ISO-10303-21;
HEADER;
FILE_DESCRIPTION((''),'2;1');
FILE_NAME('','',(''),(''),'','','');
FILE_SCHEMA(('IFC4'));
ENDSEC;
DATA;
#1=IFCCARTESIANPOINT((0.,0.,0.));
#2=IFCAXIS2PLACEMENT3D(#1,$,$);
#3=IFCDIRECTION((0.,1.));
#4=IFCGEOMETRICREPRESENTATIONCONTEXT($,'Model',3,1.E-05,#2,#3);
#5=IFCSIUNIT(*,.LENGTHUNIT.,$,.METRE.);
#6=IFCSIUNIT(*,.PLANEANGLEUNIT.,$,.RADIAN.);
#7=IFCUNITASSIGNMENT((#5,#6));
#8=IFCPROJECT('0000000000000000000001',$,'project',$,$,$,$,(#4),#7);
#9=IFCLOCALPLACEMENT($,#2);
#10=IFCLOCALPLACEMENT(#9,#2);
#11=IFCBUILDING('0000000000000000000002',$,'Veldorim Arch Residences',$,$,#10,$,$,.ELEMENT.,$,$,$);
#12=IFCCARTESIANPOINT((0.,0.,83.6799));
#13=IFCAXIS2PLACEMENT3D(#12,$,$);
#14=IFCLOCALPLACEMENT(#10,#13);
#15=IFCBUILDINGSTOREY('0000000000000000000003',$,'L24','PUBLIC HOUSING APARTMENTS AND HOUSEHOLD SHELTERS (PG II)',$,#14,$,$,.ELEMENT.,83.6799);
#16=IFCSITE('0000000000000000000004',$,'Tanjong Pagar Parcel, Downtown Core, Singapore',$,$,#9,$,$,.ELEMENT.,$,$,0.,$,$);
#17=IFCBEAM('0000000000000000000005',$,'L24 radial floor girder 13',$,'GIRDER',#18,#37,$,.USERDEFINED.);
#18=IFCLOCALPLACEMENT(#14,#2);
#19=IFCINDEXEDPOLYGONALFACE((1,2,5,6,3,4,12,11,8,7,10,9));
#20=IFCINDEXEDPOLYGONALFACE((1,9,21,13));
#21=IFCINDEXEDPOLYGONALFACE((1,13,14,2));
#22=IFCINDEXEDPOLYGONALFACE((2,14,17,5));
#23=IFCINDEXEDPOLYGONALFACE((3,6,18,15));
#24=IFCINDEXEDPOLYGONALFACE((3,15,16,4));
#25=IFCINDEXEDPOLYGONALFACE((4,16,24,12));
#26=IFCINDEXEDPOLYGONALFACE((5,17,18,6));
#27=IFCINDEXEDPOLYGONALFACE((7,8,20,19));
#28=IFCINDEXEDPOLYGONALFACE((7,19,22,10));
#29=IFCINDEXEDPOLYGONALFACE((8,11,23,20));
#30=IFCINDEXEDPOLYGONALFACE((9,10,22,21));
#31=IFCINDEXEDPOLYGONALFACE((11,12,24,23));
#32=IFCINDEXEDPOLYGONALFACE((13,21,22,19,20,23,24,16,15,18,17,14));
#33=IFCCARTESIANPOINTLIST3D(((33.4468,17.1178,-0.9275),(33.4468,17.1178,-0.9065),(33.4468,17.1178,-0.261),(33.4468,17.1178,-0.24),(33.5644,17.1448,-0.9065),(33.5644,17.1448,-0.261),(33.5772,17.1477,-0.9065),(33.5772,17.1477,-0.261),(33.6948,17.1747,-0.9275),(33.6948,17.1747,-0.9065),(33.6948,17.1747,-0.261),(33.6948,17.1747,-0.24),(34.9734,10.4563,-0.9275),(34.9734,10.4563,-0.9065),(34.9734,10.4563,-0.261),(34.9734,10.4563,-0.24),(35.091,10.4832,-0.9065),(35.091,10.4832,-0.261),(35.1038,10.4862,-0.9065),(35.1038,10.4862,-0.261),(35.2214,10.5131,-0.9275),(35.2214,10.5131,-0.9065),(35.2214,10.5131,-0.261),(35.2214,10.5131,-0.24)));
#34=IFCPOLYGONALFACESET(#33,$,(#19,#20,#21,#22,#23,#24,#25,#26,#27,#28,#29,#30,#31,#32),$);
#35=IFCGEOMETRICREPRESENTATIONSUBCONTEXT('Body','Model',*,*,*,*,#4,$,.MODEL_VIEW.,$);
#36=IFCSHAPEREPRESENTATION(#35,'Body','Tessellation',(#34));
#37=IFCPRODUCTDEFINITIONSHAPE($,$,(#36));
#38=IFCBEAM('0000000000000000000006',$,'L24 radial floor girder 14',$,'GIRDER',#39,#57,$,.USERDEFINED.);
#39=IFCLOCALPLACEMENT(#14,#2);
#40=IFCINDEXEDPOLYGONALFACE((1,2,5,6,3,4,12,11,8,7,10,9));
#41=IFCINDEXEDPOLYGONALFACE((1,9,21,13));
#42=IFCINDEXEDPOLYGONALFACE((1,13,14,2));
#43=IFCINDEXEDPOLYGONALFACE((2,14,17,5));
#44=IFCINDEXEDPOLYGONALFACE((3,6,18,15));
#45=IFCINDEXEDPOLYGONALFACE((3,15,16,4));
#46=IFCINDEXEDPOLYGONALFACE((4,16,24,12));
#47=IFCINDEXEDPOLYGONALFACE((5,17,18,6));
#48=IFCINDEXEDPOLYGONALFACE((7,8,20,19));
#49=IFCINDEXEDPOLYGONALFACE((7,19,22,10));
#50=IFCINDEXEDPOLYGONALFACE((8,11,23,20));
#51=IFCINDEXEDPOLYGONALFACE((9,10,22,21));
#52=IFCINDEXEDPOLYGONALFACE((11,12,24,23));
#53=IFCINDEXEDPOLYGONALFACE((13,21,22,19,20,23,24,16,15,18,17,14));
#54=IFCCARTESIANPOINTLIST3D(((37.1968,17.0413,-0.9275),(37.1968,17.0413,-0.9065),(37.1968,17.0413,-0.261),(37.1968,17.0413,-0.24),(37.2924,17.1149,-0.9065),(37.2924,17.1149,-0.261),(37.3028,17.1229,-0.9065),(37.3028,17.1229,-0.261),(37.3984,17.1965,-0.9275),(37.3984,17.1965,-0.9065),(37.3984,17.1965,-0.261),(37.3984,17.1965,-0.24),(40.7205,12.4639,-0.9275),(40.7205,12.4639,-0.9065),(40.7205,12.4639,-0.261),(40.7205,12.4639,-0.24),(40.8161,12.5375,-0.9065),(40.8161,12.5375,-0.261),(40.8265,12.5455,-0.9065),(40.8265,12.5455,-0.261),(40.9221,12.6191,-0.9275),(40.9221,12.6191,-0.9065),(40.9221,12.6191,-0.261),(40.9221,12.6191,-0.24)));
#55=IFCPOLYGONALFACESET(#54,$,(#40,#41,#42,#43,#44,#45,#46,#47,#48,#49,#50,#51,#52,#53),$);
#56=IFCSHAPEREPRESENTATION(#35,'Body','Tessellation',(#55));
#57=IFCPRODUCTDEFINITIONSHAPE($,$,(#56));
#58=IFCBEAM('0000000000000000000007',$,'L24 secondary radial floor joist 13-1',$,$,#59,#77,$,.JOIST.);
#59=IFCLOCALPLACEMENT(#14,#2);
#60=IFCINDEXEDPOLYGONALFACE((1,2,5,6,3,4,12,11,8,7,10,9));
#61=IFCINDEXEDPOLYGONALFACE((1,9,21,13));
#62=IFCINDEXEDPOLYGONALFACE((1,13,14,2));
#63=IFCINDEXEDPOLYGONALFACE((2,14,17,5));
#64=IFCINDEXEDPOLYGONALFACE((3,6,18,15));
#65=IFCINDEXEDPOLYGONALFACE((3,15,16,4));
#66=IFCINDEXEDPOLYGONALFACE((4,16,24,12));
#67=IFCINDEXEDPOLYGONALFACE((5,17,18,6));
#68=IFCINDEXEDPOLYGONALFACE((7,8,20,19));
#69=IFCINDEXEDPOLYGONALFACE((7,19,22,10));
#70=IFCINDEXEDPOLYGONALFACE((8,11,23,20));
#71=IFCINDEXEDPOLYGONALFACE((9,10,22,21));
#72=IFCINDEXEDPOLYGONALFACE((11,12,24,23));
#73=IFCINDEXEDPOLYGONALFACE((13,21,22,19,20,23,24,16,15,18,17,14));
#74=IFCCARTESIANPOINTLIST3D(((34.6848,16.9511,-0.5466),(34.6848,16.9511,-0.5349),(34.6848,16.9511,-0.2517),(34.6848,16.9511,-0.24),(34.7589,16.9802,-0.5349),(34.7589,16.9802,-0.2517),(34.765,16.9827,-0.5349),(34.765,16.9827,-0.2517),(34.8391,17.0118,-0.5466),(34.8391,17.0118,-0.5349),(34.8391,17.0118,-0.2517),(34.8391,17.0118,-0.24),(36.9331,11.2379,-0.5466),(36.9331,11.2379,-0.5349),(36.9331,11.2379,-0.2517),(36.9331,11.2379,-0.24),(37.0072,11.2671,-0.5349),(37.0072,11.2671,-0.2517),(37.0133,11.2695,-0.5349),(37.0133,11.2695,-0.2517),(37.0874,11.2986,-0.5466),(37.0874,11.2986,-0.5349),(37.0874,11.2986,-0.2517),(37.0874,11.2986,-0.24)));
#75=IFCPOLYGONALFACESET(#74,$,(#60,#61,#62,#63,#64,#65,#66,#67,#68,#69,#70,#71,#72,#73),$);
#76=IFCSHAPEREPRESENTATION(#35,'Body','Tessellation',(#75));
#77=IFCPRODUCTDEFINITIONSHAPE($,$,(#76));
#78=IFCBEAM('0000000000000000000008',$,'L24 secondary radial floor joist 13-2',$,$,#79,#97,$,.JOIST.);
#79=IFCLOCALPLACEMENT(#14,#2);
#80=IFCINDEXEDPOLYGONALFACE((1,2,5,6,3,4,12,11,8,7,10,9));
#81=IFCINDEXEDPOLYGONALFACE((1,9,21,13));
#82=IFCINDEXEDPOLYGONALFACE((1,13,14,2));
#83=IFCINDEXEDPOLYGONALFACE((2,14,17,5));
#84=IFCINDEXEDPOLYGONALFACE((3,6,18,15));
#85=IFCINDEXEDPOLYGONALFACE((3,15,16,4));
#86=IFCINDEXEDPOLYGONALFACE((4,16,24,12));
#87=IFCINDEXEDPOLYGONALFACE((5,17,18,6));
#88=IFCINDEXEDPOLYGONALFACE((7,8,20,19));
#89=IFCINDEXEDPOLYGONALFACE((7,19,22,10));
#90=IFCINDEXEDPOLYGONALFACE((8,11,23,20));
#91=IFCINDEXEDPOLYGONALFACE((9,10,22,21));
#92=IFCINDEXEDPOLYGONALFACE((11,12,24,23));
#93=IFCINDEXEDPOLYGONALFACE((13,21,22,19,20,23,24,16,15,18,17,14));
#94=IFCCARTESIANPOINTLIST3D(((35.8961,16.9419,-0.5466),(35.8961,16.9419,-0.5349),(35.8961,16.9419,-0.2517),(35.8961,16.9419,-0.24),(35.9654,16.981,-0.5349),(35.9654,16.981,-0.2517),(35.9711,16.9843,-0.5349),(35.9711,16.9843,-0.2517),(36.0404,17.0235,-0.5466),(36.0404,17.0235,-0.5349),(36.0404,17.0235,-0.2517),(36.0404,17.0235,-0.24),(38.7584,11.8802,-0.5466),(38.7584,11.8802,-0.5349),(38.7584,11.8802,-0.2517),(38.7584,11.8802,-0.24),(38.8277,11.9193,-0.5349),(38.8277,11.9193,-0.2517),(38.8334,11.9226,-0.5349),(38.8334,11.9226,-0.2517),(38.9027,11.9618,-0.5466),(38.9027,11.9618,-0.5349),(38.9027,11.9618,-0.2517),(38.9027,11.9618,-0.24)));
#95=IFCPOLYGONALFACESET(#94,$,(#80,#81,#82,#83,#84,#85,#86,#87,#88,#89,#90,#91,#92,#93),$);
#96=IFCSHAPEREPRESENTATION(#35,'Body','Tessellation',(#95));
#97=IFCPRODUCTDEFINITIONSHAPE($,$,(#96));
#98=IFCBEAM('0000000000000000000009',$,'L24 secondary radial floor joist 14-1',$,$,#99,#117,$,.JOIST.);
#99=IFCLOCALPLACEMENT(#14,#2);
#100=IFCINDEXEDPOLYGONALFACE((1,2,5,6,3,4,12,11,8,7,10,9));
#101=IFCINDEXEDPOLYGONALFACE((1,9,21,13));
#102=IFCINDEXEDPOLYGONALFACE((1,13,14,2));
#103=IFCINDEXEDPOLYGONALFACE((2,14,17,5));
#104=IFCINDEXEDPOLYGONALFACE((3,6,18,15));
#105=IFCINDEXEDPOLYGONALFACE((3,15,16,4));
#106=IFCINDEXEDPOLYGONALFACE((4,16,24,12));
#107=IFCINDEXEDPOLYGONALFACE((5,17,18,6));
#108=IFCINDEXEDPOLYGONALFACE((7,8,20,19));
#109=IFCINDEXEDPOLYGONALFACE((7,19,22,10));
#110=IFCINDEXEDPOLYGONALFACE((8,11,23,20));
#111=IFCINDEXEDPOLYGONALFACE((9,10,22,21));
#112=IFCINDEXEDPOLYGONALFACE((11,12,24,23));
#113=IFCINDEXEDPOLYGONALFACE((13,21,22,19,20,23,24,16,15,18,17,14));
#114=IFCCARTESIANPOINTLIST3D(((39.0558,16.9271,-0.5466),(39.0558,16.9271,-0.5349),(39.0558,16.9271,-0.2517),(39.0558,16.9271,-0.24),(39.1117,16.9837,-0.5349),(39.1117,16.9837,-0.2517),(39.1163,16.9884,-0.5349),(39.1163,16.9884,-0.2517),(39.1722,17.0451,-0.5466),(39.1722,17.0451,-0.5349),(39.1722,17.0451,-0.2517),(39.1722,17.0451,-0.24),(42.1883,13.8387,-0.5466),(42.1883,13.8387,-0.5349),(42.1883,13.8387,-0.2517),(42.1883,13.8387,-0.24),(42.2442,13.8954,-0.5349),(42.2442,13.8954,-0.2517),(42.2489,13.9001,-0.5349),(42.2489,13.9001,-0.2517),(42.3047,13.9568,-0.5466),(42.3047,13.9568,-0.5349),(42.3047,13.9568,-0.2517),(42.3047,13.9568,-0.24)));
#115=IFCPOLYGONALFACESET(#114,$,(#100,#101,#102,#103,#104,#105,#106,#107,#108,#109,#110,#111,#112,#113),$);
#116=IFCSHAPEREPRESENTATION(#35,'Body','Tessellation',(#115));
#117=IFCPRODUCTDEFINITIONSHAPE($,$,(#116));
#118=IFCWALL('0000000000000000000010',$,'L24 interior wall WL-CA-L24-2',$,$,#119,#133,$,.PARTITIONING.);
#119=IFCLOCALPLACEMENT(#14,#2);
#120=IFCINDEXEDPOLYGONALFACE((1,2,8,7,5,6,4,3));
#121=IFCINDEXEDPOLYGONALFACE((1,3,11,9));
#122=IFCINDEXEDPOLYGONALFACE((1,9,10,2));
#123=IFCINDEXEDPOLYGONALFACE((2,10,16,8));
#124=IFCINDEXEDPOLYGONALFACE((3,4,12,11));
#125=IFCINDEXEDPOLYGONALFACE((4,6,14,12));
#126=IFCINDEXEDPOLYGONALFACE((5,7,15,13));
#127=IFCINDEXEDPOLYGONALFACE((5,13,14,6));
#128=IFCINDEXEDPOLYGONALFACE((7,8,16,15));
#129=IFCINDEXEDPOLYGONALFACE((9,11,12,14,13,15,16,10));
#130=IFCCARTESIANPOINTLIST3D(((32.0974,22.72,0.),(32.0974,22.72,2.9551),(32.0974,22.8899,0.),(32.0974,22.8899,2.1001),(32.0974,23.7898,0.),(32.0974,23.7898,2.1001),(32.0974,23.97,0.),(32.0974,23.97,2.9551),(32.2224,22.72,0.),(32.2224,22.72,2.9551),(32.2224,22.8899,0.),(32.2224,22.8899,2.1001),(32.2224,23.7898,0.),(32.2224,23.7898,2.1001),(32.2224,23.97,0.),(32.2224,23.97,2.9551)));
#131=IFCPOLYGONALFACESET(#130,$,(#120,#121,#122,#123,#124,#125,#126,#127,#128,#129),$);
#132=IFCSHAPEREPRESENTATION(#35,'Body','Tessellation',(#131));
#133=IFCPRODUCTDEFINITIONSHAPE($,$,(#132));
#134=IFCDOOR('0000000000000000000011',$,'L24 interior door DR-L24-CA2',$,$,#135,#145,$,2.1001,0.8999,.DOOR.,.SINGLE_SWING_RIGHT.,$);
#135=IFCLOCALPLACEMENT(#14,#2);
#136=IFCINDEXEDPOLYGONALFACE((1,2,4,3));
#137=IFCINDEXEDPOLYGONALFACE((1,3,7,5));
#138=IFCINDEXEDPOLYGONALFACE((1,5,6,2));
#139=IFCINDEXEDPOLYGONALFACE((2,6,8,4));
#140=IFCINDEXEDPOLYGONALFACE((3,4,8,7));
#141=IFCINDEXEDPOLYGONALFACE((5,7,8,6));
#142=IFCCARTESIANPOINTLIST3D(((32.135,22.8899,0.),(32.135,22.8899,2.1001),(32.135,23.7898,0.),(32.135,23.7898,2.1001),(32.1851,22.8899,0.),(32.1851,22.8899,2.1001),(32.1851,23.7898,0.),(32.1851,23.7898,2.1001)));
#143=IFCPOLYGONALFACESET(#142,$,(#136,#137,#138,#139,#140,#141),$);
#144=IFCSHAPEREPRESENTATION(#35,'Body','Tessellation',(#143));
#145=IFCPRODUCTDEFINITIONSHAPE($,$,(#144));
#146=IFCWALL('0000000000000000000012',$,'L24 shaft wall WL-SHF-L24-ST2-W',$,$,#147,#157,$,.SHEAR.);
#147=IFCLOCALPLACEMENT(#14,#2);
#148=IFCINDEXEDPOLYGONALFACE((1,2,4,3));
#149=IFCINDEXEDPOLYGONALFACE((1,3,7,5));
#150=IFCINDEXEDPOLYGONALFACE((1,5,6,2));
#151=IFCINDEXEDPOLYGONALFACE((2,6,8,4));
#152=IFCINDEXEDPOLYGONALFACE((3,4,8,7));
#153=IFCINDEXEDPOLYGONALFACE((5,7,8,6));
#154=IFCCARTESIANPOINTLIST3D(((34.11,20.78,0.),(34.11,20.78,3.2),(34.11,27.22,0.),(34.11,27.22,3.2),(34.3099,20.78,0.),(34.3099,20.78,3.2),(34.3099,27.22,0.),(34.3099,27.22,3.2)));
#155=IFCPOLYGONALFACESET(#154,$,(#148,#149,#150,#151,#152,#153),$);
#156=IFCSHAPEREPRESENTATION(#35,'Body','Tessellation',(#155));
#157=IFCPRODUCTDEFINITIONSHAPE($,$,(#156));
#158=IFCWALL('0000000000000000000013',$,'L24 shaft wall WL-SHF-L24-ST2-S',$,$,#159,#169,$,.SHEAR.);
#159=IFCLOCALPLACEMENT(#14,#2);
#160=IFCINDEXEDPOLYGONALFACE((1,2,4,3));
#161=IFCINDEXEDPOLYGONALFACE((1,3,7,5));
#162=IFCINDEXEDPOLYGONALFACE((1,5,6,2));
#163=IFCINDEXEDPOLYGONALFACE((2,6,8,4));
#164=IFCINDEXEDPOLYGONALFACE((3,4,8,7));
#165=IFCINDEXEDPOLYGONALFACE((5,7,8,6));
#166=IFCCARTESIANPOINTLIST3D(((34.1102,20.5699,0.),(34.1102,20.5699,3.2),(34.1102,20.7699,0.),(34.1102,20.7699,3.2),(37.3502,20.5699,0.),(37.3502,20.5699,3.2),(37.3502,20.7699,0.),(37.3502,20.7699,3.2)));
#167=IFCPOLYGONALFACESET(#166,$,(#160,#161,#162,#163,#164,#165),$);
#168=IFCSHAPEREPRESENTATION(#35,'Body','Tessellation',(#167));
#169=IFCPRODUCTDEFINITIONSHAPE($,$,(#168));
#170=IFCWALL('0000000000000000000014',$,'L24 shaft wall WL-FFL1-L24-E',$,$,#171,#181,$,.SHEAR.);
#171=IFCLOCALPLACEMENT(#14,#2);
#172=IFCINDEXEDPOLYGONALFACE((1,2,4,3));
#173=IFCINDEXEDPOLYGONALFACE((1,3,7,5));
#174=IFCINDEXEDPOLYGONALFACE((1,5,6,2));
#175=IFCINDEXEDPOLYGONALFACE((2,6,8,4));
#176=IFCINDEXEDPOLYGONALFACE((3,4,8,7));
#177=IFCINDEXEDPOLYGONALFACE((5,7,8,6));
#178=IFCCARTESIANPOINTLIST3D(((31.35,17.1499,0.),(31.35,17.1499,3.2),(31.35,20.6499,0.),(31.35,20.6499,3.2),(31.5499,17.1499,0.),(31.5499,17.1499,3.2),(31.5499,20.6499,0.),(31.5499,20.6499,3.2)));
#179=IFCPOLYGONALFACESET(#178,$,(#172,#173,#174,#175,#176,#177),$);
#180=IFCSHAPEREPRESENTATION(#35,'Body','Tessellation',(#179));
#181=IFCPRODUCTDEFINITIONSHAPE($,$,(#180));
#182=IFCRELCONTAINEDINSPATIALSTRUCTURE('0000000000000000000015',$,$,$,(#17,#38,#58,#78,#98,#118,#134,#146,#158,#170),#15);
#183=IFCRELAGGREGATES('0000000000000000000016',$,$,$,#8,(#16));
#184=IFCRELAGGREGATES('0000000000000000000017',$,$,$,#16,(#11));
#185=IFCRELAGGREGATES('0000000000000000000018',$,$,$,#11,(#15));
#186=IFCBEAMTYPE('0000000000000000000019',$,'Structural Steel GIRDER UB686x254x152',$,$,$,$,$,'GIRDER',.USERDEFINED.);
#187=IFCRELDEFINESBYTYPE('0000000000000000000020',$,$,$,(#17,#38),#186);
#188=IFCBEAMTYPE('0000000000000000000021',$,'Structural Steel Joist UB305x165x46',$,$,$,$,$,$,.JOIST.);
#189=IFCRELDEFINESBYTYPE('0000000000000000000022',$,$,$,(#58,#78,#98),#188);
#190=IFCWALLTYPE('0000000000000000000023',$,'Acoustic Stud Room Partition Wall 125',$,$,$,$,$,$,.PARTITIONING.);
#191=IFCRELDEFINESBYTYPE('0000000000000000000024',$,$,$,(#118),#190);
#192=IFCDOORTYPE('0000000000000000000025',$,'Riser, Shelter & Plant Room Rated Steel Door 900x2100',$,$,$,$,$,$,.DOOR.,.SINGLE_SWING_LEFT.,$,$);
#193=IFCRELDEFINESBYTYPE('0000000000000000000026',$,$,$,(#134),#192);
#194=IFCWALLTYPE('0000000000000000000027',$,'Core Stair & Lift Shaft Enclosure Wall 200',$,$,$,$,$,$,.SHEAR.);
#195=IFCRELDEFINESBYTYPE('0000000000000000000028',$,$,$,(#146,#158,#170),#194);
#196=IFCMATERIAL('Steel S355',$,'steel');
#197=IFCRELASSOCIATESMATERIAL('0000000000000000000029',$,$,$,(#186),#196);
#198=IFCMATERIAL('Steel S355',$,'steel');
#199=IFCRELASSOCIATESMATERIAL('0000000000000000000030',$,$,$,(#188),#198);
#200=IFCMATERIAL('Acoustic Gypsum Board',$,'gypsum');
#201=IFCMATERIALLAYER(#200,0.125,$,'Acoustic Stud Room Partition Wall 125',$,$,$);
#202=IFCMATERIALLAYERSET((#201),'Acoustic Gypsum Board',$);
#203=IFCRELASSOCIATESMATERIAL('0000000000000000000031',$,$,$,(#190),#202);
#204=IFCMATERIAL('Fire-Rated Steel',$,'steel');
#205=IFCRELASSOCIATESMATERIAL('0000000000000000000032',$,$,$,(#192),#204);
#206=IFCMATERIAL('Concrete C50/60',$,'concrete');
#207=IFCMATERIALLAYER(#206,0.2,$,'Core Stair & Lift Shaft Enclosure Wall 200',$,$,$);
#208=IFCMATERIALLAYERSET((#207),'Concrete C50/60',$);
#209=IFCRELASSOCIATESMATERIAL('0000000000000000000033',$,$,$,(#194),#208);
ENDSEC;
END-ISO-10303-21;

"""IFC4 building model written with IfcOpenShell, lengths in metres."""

from ifc_helpers import new_model, si_unit, direction, frame, frame_2d, origin, origin_2d, place, context, subcontext, project, spatial, rectangle, i_section, extrude, material, layer, layer_set, material_profile, profile_set, type_object, element, fill, save


model = new_model("IFC4")

# Units and contexts
model_context = context("Model", 3, precision=1e-05, world=origin(), true_north=direction((0.0, 1.0)))
body_context = subcontext(model_context, "Body", "Model", "MODEL_VIEW")
ifc_project = project(units=[si_unit("LENGTHUNIT", "METRE"), si_unit("PLANEANGLEUNIT", "RADIAN")], contexts=[model_context])

# Site, building, storey
site_placement = place(None, origin())
site = spatial("IfcSite", under=ifc_project, at=site_placement, Name="Tanjong Pagar Parcel, Downtown Core, Singapore", CompositionType="ELEMENT", RefElevation=0.0)
building_placement = place(site_placement, origin())
building = spatial("IfcBuilding", under=site, at=building_placement, Name="Veldorim Arch Residences", CompositionType="ELEMENT")
storey_placement = place(building_placement, frame((0.0, 0.0, 83.6799)))
storey = spatial("IfcBuildingStorey", under=building, at=storey_placement, Name="L24", Description="PUBLIC HOUSING APARTMENTS AND HOUSEHOLD SHELTERS (PG II)", CompositionType="ELEMENT", Elevation=83.6799)

# Beams
ifc_material_1 = material(Name="Steel S355", Category="steel")
ifc_material_profile_1 = material_profile(ifc_material_1, i_section(OverallWidth=0.2544, OverallDepth=0.6875, WebThickness=0.0132, FlangeThickness=0.021, at=origin_2d()), Name="UB686x254x152")
ifc_profile_set_1 = profile_set([ifc_material_profile_1], Name="Steel S355")
beam_type_1 = type_object("IfcBeamType", Name="Structural Steel GIRDER UB686x254x152", ElementType="GIRDER", PredefinedType="USERDEFINED", material=ifc_profile_set_1)
beam_1_placement = place(storey_placement, frame((33.5708, 17.1462, -0.5837), z_axis=(0.223375, -0.974733, 0.0), x_axis=(0.974733, 0.223375, 0.0)))
element("IfcBeam", 1, at=beam_1_placement, inside=storey, type_object=beam_type_1, Name="L24 radial floor girder 13", ObjectType="GIRDER", PredefinedType="USERDEFINED", context=body_context, shape_type="SweptSolid", body=[
    extrude(i_section(OverallWidth=0.2544, OverallDepth=0.6875, WebThickness=0.0132, FlangeThickness=0.021, at=origin_2d()), origin(), (0.0, 0.0, 1.0), 6.8342),
])
beam_2_placement = place(storey_placement, frame((37.2976, 17.1189, -0.5837), z_axis=(0.609995, -0.792406, 0.0), x_axis=(0.792406, 0.609995, 0.0)))
element("IfcBeam", 2, at=beam_2_placement, inside=storey, type_object=beam_type_1, Name="L24 radial floor girder 14", ObjectType="GIRDER", PredefinedType="USERDEFINED", context=body_context, shape_type="SweptSolid", body=[
    extrude(i_section(OverallWidth=0.2544, OverallDepth=0.6875, WebThickness=0.0132, FlangeThickness=0.021, at=origin_2d()), origin(), (0.0, 0.0, 1.0), 5.7766),
])
ifc_material_2 = material(Name="Steel S355", Category="steel")
ifc_material_profile_2 = material_profile(ifc_material_2, i_section(OverallWidth=0.1658, OverallDepth=0.3066, WebThickness=0.0066, FlangeThickness=0.0117, at=origin_2d()), Name="UB305x165x46")
ifc_profile_set_2 = profile_set([ifc_material_profile_2], Name="Steel S355")
beam_type_2 = type_object("IfcBeamType", Name="Structural Steel Joist UB305x165x46", PredefinedType="JOIST", material=ifc_profile_set_2)
beam_3_placement = place(storey_placement, frame((34.762, 16.9814, -0.3933), z_axis=(0.366195, -0.930538, 0.0), x_axis=(0.930538, 0.366195, 0.0)))
element("IfcBeam", 3, at=beam_3_placement, inside=storey, type_object=beam_type_2, Name="L24 secondary radial floor joist 13-1", PredefinedType="JOIST", context=body_context, shape_type="SweptSolid", body=[
    extrude(i_section(OverallWidth=0.1658, OverallDepth=0.3066, WebThickness=0.0066, FlangeThickness=0.0117, at=origin_2d()), origin(), (0.0, 0.0, 1.0), 6.1396),
])
beam_4_placement = place(storey_placement, frame((35.9683, 16.9827, -0.3933), z_axis=(0.492227, -0.870467, 0.0), x_axis=(0.870467, 0.492227, 0.0)))
element("IfcBeam", 4, at=beam_4_placement, inside=storey, type_object=beam_type_2, Name="L24 secondary radial floor joist 13-2", PredefinedType="JOIST", context=body_context, shape_type="SweptSolid", body=[
    extrude(i_section(OverallWidth=0.1658, OverallDepth=0.3066, WebThickness=0.0066, FlangeThickness=0.0117, at=origin_2d()), origin(), (0.0, 0.0, 1.0), 5.8149),
])
beam_5_placement = place(storey_placement, frame((39.114, 16.9861, -0.3933), z_axis=(0.712112, -0.702066, 0.0), x_axis=(0.702066, 0.712112, 0.0)))
element("IfcBeam", 5, at=beam_5_placement, inside=storey, type_object=beam_type_2, Name="L24 secondary radial floor joist 14-1", PredefinedType="JOIST", context=body_context, shape_type="SweptSolid", body=[
    extrude(i_section(OverallWidth=0.1658, OverallDepth=0.3066, WebThickness=0.0066, FlangeThickness=0.0117, at=origin_2d()), origin(), (0.0, 0.0, 1.0), 4.3989),
])

# Wall, opening, door
ifc_material_3 = material(Name="Acoustic Gypsum Board", Category="gypsum")
ifc_layer_1 = layer(ifc_material_3, 0.125, Name="Acoustic Stud Room Partition Wall 125")
ifc_layer_set_1 = layer_set([ifc_layer_1], Name="Acoustic Gypsum Board")
wall_type_1 = type_object("IfcWallType", Name="Acoustic Stud Room Partition Wall 125", PredefinedType="PARTITIONING", material=ifc_layer_set_1)
wall_1_placement = place(storey_placement, frame((32.1599, 22.72, 0.0), z_axis=(0.0, 0.0, 1.0), x_axis=(0.0, 1.0, 0.0)))
wall_1 = element("IfcWall", 6, at=wall_1_placement, inside=storey, type_object=wall_type_1, Name="L24 interior wall WL-CA-L24-2", PredefinedType="PARTITIONING", context=body_context, shape_type="SweptSolid", body=[
    extrude(rectangle(XDim=1.25, YDim=0.125, at=frame_2d((0.625, 0.0))), origin(), (0.0, 0.0, 1.0), 2.9551),
])
opening_placement = place(wall_1_placement, frame((0.1699, 0.0, 0.0)))
opening = element("IfcOpeningElement", 7, at=opening_placement, cuts=wall_1, PredefinedType="OPENING", context=body_context, shape_type="SweptSolid", body=[
    extrude(rectangle(XDim=0.8999, YDim=2.1001, at=frame_2d((0.45, 1.05))), frame((0.0, 0.0725, 0.0), z_axis=(0.0, -1.0, 0.0), x_axis=(1.0, 0.0, 0.0)), (0.0, 0.0, 1.0), 0.145),
])
ifc_material_4 = material(Name="Fire-Rated Steel", Category="steel")
door_type = type_object("IfcDoorType", Name="Riser, Shelter & Plant Room Rated Steel Door 900x2100", OperationType="SINGLE_SWING_LEFT", PredefinedType="DOOR", material=ifc_material_4)
door_placement = place(opening_placement, origin())
door = element("IfcDoor", 8, at=door_placement, inside=storey, type_object=door_type, Name="L24 interior door DR-L24-CA2", OperationType="SINGLE_SWING_RIGHT", OverallHeight=2.1001, OverallWidth=0.8999, PredefinedType="DOOR", context=body_context, shape_type="SweptSolid", body=[
    extrude(rectangle(XDim=0.8999, YDim=2.1001, at=frame_2d((0.45, 1.05))), frame((0.0, 0.0249, 0.0), z_axis=(0.0, -1.0, 0.0), x_axis=(1.0, 0.0, 0.0)), (0.0, 0.0, 1.0), 0.05),
])
fill(opening, door)

# Walls
ifc_material_5 = material(Name="Concrete C50/60", Category="concrete")
ifc_layer_2 = layer(ifc_material_5, 0.2, Name="Core Stair & Lift Shaft Enclosure Wall 200")
ifc_layer_set_2 = layer_set([ifc_layer_2], Name="Concrete C50/60")
wall_type_2 = type_object("IfcWallType", Name="Core Stair & Lift Shaft Enclosure Wall 200", PredefinedType="SHEAR", material=ifc_layer_set_2)
wall_2_placement = place(storey_placement, frame((34.21, 20.78, 0.0), z_axis=(0.0, 0.0, 1.0), x_axis=(0.0, 1.0, 0.0)))
element("IfcWall", 9, at=wall_2_placement, inside=storey, type_object=wall_type_2, Name="L24 shaft wall WL-SHF-L24-ST2-W", PredefinedType="SHEAR", context=body_context, shape_type="SweptSolid", body=[
    extrude(rectangle(XDim=6.4399, YDim=0.2, at=frame_2d((3.22, 0.0))), origin(), (0.0, 0.0, 1.0), 3.2),
])
wall_3_placement = place(storey_placement, frame((34.1101, 20.6699, 0.0), z_axis=(0.0, 0.0, 1.0), x_axis=(1.0, 0.0, 0.0)))
element("IfcWall", 10, at=wall_3_placement, inside=storey, type_object=wall_type_2, Name="L24 shaft wall WL-SHF-L24-ST2-S", PredefinedType="SHEAR", context=body_context, shape_type="SweptSolid", body=[
    extrude(rectangle(XDim=3.24, YDim=0.2, at=frame_2d((1.6201, 0.0))), origin(), (0.0, 0.0, 1.0), 3.2),
])
wall_4_placement = place(storey_placement, frame((31.45, 17.1499, 0.0), z_axis=(0.0, 0.0, 1.0), x_axis=(0.0, 1.0, 0.0)))
element("IfcWall", 11, at=wall_4_placement, inside=storey, type_object=wall_type_2, Name="L24 shaft wall WL-FFL1-L24-E", PredefinedType="SHEAR", context=body_context, shape_type="SweptSolid", body=[
    extrude(rectangle(XDim=3.5, YDim=0.2, at=frame_2d((1.75, 0.0))), origin(), (0.0, 0.0, 1.0), 3.2),
])

save(model, "model.ifc")
